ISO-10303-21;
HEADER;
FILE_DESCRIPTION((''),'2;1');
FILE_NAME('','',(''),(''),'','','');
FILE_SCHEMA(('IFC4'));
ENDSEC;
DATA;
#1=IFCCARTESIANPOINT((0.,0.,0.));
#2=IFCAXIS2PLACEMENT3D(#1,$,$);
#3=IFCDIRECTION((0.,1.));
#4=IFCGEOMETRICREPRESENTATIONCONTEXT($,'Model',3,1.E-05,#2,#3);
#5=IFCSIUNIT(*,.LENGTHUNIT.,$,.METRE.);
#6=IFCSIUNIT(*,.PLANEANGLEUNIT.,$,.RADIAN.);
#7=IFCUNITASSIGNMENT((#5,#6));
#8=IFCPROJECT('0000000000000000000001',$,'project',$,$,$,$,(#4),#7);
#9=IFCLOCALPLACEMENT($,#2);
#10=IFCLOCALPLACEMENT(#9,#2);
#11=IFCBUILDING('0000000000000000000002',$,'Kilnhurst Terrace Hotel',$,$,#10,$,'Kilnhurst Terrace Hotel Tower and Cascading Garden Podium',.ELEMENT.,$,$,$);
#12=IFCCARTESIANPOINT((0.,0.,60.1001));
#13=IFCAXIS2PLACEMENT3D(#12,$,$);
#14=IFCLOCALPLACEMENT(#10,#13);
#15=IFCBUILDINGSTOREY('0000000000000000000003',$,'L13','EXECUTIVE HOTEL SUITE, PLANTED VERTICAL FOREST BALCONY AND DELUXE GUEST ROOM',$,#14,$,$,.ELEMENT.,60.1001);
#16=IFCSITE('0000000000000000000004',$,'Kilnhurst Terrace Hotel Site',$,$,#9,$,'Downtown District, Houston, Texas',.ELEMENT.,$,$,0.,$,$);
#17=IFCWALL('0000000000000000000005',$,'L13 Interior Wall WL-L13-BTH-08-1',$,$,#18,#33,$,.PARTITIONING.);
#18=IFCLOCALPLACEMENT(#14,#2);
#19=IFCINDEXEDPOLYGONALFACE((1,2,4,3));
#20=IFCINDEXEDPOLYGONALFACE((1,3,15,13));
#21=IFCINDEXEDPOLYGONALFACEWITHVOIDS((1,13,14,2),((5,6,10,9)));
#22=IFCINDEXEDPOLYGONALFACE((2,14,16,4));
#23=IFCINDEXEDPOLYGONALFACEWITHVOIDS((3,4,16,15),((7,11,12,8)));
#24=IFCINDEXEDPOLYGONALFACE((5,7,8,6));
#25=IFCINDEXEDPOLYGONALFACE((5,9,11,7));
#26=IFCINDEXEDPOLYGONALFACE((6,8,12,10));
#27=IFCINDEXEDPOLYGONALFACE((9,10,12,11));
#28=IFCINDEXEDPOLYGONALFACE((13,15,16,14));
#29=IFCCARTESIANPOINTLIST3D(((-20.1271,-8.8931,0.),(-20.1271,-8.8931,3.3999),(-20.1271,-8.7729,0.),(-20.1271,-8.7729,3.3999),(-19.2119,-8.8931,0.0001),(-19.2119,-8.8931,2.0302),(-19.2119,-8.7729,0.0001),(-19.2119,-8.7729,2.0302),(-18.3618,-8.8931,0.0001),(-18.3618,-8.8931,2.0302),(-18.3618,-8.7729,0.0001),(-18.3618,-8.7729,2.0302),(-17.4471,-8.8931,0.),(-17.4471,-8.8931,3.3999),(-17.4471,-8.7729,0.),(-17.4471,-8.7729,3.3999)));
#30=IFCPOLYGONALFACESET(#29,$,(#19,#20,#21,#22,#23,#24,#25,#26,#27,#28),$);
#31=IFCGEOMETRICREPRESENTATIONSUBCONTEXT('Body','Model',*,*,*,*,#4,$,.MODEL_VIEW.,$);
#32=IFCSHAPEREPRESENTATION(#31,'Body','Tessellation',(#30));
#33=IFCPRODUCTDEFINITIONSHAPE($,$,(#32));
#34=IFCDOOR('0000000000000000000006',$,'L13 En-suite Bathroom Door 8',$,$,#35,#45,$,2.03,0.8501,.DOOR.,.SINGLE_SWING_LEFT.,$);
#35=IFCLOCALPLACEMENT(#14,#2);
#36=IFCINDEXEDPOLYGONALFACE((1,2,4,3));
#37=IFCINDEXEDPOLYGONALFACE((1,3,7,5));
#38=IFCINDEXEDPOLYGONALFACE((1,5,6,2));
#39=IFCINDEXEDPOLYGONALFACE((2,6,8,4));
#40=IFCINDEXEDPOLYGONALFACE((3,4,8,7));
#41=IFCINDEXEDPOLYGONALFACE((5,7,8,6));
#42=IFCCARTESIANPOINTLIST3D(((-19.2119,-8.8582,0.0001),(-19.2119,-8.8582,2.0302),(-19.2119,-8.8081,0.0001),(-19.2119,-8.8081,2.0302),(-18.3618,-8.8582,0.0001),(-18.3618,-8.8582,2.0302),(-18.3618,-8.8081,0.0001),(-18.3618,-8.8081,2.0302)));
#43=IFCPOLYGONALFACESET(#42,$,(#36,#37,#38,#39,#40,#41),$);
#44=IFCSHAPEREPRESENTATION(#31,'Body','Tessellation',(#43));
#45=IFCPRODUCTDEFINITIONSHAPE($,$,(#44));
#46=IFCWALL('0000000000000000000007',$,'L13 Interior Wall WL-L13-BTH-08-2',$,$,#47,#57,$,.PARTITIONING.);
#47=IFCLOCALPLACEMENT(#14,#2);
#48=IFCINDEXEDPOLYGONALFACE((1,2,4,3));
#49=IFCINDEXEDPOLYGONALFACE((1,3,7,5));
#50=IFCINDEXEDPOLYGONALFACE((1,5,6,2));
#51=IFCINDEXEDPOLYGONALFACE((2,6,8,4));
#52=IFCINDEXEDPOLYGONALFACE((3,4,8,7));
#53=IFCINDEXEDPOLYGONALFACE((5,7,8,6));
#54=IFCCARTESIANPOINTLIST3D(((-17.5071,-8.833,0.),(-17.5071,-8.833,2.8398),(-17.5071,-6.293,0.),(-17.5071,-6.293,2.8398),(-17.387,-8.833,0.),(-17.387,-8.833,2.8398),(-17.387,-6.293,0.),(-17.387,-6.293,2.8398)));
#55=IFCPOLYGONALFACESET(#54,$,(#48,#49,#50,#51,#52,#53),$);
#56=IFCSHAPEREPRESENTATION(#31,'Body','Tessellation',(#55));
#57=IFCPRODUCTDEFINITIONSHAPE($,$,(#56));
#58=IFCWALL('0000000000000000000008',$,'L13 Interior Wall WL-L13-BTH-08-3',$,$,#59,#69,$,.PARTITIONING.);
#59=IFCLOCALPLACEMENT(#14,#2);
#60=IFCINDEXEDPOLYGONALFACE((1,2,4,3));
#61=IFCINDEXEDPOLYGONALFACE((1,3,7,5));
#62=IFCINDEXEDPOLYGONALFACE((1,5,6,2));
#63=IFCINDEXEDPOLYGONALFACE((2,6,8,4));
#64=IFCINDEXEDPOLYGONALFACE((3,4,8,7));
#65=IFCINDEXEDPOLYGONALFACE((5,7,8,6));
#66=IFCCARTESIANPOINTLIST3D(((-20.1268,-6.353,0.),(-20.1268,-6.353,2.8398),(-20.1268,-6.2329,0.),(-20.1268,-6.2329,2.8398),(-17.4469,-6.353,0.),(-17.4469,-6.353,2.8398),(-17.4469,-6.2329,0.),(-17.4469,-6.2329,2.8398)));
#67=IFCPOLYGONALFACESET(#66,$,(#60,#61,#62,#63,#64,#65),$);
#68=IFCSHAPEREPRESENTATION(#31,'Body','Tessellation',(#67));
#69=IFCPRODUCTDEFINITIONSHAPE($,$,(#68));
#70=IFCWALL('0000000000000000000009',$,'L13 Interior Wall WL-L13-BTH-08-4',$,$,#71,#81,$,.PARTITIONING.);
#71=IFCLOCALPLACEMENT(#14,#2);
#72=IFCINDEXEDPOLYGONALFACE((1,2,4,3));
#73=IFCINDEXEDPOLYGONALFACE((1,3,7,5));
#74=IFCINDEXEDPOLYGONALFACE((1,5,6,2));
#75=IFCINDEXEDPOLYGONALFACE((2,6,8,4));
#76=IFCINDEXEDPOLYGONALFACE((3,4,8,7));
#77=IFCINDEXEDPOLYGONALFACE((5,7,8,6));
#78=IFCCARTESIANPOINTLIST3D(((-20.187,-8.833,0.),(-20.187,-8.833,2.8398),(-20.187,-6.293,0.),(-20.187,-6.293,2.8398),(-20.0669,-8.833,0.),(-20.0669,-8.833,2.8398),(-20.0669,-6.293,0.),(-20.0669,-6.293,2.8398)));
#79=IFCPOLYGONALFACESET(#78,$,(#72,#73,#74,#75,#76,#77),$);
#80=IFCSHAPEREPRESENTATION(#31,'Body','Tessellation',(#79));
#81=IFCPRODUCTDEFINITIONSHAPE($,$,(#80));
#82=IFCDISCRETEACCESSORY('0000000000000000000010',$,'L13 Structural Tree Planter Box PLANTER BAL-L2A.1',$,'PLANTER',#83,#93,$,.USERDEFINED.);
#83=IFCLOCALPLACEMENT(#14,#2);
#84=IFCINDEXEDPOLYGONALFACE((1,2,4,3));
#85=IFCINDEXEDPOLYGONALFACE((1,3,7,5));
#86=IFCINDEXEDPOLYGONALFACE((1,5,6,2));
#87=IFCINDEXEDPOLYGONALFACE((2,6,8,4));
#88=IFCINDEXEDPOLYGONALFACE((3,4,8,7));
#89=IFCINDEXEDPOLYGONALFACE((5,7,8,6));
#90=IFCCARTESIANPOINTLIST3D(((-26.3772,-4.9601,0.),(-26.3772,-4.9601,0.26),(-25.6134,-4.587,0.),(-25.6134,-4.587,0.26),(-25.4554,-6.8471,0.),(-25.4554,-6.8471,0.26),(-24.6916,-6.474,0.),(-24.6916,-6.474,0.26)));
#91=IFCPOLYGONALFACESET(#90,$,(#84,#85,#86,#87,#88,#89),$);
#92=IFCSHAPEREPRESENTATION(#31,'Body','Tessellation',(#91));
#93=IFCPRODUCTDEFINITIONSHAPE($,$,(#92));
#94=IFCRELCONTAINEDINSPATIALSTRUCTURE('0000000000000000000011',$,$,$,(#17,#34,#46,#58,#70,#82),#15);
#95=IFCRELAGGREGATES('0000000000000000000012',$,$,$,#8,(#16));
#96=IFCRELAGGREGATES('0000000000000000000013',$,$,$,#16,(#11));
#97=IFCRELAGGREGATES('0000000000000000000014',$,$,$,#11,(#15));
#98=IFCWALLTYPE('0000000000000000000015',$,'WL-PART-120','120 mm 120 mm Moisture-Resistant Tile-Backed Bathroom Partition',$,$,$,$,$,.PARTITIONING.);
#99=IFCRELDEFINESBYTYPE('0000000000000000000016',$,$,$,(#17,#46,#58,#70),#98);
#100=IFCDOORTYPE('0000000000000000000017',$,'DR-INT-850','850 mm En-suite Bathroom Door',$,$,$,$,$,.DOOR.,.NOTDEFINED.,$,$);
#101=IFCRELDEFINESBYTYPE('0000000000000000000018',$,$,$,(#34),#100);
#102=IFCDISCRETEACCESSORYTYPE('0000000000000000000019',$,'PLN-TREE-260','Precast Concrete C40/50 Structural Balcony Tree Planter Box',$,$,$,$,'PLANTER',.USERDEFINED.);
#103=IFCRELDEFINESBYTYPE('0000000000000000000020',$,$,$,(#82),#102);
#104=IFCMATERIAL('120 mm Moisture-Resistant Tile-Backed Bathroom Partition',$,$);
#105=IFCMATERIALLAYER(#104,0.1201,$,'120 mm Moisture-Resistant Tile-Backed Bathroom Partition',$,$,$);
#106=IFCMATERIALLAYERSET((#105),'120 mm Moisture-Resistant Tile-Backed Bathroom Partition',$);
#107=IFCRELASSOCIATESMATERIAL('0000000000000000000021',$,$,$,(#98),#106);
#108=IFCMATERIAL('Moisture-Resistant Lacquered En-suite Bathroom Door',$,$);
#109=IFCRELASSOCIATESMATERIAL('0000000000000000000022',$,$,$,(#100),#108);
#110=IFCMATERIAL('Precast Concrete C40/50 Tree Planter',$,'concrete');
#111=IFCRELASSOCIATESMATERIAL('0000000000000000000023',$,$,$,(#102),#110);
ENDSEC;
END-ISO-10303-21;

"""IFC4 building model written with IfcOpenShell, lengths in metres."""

from ifc_helpers import new_model, si_unit, direction, frame, frame_2d, origin, origin_2d, place, context, subcontext, project, spatial, rectangle, extrude, material, layer, layer_set, type_object, element, fill, save


model = new_model("IFC4")

# Units and contexts
model_context = context("Model", 3, precision=1e-05, world=origin(), true_north=direction((0.0, 1.0)))
body_context = subcontext(model_context, "Body", "Model", "MODEL_VIEW")
ifc_project = project(units=[si_unit("LENGTHUNIT", "METRE"), si_unit("PLANEANGLEUNIT", "RADIAN")], contexts=[model_context])

# Site, building, storey
site_placement = place(None, origin())
site = spatial("IfcSite", under=ifc_project, at=site_placement, Name="Kilnhurst Terrace Hotel Site", LongName="Downtown District, Houston, Texas", CompositionType="ELEMENT", RefElevation=0.0)
building_placement = place(site_placement, origin())
building = spatial("IfcBuilding", under=site, at=building_placement, Name="Kilnhurst Terrace Hotel", LongName="Kilnhurst Terrace Hotel Tower and Cascading Garden Podium", CompositionType="ELEMENT")
storey_placement = place(building_placement, frame((0.0, 0.0, 60.1001)))
storey = spatial("IfcBuildingStorey", under=building, at=storey_placement, Name="L13", Description="EXECUTIVE HOTEL SUITE, PLANTED VERTICAL FOREST BALCONY AND DELUXE GUEST ROOM", CompositionType="ELEMENT", Elevation=60.1001)

# Shared definitions
ifc_material_1 = material(Name="120 mm Moisture-Resistant Tile-Backed Bathroom Partition")
ifc_layer_1 = layer(ifc_material_1, 0.1201, Name="120 mm Moisture-Resistant Tile-Backed Bathroom Partition")
ifc_layer_set_1 = layer_set([ifc_layer_1], Name="120 mm Moisture-Resistant Tile-Backed Bathroom Partition")
wall_type_1 = type_object("IfcWallType", Name="WL-PART-120", Description="120 mm 120 mm Moisture-Resistant Tile-Backed Bathroom Partition", PredefinedType="PARTITIONING", material=ifc_layer_set_1)
ifc_material_2 = material(Name="Moisture-Resistant Lacquered En-suite Bathroom Door")
door_type_1 = type_object("IfcDoorType", Name="DR-INT-850", Description="850 mm En-suite Bathroom Door", OperationType="NOTDEFINED", PredefinedType="DOOR", material=ifc_material_2)

# Wall, opening, door
wall_1_placement = place(storey_placement, frame((-20.127, -8.833, 0.0), z_axis=(0.0, 0.0, 1.0), x_axis=(1.0, 0.0, 0.0)))
wall_1 = element("IfcWall", 1, at=wall_1_placement, inside=storey, type_object=wall_type_1, Name="L13 Interior Wall WL-L13-BTH-08-1", PredefinedType="PARTITIONING", context=body_context, shape_type="SweptSolid", body=[
    extrude(rectangle(XDim=2.6799, YDim=0.1201, at=frame_2d((1.3398, 0.0))), origin(), (0.0, 0.0, 1.0), 3.3999),
])
opening_1_placement = place(wall_1_placement, frame((0.915, 0.0, 0.0)))
opening_1 = element("IfcOpeningElement", 2, at=opening_1_placement, cuts=wall_1, PredefinedType="OPENING", context=body_context, shape_type="SweptSolid", body=[
    extrude(rectangle(XDim=0.8501, YDim=2.03, at=frame_2d((0.425, 1.0151))), frame((0.0, 0.0701, 0.0), z_axis=(0.0, -1.0, 0.0), x_axis=(1.0, 0.0, 0.0)), (0.0, 0.0, 1.0), 0.1401),
])
door_1_placement = place(opening_1_placement, origin())
door_1 = element("IfcDoor", 3, at=door_1_placement, inside=storey, type_object=door_type_1, Name="L13 En-suite Bathroom Door 8", OperationType="SINGLE_SWING_LEFT", OverallHeight=2.03, OverallWidth=0.8501, PredefinedType="DOOR", context=body_context, shape_type="SweptSolid", body=[
    extrude(rectangle(XDim=0.8501, YDim=2.03, at=frame_2d((0.425, 1.0151))), frame((0.0, 0.0249, 0.0), z_axis=(0.0, -1.0, 0.0), x_axis=(1.0, 0.0, 0.0)), (0.0, 0.0, 1.0), 0.05),
])
fill(opening_1, door_1)

# Walls
wall_2_placement = place(storey_placement, frame((-17.447, -8.833, 0.0), z_axis=(0.0, 0.0, 1.0), x_axis=(0.0, 1.0, 0.0)))
element("IfcWall", 4, at=wall_2_placement, inside=storey, type_object=wall_type_1, Name="L13 Interior Wall WL-L13-BTH-08-2", PredefinedType="PARTITIONING", context=body_context, shape_type="SweptSolid", body=[
    extrude(rectangle(XDim=2.54, YDim=0.1201, at=frame_2d((1.27, 0.0))), origin(), (0.0, 0.0, 1.0), 2.8398),
])
wall_3_placement = place(storey_placement, frame((-17.447, -6.293, 0.0), z_axis=(0.0, 0.0, 1.0), x_axis=(-1.0, 0.0, 0.0)))
element("IfcWall", 5, at=wall_3_placement, inside=storey, type_object=wall_type_1, Name="L13 Interior Wall WL-L13-BTH-08-3", PredefinedType="PARTITIONING", context=body_context, shape_type="SweptSolid", body=[
    extrude(rectangle(XDim=2.6799, YDim=0.1201, at=frame_2d((1.3398, 0.0))), origin(), (0.0, 0.0, 1.0), 2.8398),
])
wall_4_placement = place(storey_placement, frame((-20.127, -6.293, 0.0), z_axis=(0.0, 0.0, 1.0), x_axis=(0.0, -1.0, 0.0)))
element("IfcWall", 6, at=wall_4_placement, inside=storey, type_object=wall_type_1, Name="L13 Interior Wall WL-L13-BTH-08-4", PredefinedType="PARTITIONING", context=body_context, shape_type="SweptSolid", body=[
    extrude(rectangle(XDim=2.54, YDim=0.1201, at=frame_2d((1.27, 0.0))), origin(), (0.0, 0.0, 1.0), 2.8398),
])

# Discrete accessory
ifc_material_3 = material(Name="Precast Concrete C40/50 Tree Planter", Category="concrete")
discrete_accessory_type = type_object("IfcDiscreteAccessoryType", Name="PLN-TREE-260", Description="Precast Concrete C40/50 Structural Balcony Tree Planter Box", ElementType="PLANTER", PredefinedType="USERDEFINED", material=ifc_material_3)
discrete_accessory_placement = place(storey_placement, frame((-25.5344, -5.717, 0.0), z_axis=(0.0, 0.0, 1.0), x_axis=(0.438936, -0.898518, 0.0)))
element("IfcDiscreteAccessory", 7, at=discrete_accessory_placement, inside=storey, type_object=discrete_accessory_type, Name="L13 Structural Tree Planter Box PLANTER BAL-L2A.1", ObjectType="PLANTER", PredefinedType="USERDEFINED", context=body_context, shape_type="SweptSolid", body=[
    extrude(rectangle(XDim=2.1001, YDim=0.8501, at=origin_2d()), origin(), (0.0, 0.0, 1.0), 0.26),
])

save(model, "model.ifc")
